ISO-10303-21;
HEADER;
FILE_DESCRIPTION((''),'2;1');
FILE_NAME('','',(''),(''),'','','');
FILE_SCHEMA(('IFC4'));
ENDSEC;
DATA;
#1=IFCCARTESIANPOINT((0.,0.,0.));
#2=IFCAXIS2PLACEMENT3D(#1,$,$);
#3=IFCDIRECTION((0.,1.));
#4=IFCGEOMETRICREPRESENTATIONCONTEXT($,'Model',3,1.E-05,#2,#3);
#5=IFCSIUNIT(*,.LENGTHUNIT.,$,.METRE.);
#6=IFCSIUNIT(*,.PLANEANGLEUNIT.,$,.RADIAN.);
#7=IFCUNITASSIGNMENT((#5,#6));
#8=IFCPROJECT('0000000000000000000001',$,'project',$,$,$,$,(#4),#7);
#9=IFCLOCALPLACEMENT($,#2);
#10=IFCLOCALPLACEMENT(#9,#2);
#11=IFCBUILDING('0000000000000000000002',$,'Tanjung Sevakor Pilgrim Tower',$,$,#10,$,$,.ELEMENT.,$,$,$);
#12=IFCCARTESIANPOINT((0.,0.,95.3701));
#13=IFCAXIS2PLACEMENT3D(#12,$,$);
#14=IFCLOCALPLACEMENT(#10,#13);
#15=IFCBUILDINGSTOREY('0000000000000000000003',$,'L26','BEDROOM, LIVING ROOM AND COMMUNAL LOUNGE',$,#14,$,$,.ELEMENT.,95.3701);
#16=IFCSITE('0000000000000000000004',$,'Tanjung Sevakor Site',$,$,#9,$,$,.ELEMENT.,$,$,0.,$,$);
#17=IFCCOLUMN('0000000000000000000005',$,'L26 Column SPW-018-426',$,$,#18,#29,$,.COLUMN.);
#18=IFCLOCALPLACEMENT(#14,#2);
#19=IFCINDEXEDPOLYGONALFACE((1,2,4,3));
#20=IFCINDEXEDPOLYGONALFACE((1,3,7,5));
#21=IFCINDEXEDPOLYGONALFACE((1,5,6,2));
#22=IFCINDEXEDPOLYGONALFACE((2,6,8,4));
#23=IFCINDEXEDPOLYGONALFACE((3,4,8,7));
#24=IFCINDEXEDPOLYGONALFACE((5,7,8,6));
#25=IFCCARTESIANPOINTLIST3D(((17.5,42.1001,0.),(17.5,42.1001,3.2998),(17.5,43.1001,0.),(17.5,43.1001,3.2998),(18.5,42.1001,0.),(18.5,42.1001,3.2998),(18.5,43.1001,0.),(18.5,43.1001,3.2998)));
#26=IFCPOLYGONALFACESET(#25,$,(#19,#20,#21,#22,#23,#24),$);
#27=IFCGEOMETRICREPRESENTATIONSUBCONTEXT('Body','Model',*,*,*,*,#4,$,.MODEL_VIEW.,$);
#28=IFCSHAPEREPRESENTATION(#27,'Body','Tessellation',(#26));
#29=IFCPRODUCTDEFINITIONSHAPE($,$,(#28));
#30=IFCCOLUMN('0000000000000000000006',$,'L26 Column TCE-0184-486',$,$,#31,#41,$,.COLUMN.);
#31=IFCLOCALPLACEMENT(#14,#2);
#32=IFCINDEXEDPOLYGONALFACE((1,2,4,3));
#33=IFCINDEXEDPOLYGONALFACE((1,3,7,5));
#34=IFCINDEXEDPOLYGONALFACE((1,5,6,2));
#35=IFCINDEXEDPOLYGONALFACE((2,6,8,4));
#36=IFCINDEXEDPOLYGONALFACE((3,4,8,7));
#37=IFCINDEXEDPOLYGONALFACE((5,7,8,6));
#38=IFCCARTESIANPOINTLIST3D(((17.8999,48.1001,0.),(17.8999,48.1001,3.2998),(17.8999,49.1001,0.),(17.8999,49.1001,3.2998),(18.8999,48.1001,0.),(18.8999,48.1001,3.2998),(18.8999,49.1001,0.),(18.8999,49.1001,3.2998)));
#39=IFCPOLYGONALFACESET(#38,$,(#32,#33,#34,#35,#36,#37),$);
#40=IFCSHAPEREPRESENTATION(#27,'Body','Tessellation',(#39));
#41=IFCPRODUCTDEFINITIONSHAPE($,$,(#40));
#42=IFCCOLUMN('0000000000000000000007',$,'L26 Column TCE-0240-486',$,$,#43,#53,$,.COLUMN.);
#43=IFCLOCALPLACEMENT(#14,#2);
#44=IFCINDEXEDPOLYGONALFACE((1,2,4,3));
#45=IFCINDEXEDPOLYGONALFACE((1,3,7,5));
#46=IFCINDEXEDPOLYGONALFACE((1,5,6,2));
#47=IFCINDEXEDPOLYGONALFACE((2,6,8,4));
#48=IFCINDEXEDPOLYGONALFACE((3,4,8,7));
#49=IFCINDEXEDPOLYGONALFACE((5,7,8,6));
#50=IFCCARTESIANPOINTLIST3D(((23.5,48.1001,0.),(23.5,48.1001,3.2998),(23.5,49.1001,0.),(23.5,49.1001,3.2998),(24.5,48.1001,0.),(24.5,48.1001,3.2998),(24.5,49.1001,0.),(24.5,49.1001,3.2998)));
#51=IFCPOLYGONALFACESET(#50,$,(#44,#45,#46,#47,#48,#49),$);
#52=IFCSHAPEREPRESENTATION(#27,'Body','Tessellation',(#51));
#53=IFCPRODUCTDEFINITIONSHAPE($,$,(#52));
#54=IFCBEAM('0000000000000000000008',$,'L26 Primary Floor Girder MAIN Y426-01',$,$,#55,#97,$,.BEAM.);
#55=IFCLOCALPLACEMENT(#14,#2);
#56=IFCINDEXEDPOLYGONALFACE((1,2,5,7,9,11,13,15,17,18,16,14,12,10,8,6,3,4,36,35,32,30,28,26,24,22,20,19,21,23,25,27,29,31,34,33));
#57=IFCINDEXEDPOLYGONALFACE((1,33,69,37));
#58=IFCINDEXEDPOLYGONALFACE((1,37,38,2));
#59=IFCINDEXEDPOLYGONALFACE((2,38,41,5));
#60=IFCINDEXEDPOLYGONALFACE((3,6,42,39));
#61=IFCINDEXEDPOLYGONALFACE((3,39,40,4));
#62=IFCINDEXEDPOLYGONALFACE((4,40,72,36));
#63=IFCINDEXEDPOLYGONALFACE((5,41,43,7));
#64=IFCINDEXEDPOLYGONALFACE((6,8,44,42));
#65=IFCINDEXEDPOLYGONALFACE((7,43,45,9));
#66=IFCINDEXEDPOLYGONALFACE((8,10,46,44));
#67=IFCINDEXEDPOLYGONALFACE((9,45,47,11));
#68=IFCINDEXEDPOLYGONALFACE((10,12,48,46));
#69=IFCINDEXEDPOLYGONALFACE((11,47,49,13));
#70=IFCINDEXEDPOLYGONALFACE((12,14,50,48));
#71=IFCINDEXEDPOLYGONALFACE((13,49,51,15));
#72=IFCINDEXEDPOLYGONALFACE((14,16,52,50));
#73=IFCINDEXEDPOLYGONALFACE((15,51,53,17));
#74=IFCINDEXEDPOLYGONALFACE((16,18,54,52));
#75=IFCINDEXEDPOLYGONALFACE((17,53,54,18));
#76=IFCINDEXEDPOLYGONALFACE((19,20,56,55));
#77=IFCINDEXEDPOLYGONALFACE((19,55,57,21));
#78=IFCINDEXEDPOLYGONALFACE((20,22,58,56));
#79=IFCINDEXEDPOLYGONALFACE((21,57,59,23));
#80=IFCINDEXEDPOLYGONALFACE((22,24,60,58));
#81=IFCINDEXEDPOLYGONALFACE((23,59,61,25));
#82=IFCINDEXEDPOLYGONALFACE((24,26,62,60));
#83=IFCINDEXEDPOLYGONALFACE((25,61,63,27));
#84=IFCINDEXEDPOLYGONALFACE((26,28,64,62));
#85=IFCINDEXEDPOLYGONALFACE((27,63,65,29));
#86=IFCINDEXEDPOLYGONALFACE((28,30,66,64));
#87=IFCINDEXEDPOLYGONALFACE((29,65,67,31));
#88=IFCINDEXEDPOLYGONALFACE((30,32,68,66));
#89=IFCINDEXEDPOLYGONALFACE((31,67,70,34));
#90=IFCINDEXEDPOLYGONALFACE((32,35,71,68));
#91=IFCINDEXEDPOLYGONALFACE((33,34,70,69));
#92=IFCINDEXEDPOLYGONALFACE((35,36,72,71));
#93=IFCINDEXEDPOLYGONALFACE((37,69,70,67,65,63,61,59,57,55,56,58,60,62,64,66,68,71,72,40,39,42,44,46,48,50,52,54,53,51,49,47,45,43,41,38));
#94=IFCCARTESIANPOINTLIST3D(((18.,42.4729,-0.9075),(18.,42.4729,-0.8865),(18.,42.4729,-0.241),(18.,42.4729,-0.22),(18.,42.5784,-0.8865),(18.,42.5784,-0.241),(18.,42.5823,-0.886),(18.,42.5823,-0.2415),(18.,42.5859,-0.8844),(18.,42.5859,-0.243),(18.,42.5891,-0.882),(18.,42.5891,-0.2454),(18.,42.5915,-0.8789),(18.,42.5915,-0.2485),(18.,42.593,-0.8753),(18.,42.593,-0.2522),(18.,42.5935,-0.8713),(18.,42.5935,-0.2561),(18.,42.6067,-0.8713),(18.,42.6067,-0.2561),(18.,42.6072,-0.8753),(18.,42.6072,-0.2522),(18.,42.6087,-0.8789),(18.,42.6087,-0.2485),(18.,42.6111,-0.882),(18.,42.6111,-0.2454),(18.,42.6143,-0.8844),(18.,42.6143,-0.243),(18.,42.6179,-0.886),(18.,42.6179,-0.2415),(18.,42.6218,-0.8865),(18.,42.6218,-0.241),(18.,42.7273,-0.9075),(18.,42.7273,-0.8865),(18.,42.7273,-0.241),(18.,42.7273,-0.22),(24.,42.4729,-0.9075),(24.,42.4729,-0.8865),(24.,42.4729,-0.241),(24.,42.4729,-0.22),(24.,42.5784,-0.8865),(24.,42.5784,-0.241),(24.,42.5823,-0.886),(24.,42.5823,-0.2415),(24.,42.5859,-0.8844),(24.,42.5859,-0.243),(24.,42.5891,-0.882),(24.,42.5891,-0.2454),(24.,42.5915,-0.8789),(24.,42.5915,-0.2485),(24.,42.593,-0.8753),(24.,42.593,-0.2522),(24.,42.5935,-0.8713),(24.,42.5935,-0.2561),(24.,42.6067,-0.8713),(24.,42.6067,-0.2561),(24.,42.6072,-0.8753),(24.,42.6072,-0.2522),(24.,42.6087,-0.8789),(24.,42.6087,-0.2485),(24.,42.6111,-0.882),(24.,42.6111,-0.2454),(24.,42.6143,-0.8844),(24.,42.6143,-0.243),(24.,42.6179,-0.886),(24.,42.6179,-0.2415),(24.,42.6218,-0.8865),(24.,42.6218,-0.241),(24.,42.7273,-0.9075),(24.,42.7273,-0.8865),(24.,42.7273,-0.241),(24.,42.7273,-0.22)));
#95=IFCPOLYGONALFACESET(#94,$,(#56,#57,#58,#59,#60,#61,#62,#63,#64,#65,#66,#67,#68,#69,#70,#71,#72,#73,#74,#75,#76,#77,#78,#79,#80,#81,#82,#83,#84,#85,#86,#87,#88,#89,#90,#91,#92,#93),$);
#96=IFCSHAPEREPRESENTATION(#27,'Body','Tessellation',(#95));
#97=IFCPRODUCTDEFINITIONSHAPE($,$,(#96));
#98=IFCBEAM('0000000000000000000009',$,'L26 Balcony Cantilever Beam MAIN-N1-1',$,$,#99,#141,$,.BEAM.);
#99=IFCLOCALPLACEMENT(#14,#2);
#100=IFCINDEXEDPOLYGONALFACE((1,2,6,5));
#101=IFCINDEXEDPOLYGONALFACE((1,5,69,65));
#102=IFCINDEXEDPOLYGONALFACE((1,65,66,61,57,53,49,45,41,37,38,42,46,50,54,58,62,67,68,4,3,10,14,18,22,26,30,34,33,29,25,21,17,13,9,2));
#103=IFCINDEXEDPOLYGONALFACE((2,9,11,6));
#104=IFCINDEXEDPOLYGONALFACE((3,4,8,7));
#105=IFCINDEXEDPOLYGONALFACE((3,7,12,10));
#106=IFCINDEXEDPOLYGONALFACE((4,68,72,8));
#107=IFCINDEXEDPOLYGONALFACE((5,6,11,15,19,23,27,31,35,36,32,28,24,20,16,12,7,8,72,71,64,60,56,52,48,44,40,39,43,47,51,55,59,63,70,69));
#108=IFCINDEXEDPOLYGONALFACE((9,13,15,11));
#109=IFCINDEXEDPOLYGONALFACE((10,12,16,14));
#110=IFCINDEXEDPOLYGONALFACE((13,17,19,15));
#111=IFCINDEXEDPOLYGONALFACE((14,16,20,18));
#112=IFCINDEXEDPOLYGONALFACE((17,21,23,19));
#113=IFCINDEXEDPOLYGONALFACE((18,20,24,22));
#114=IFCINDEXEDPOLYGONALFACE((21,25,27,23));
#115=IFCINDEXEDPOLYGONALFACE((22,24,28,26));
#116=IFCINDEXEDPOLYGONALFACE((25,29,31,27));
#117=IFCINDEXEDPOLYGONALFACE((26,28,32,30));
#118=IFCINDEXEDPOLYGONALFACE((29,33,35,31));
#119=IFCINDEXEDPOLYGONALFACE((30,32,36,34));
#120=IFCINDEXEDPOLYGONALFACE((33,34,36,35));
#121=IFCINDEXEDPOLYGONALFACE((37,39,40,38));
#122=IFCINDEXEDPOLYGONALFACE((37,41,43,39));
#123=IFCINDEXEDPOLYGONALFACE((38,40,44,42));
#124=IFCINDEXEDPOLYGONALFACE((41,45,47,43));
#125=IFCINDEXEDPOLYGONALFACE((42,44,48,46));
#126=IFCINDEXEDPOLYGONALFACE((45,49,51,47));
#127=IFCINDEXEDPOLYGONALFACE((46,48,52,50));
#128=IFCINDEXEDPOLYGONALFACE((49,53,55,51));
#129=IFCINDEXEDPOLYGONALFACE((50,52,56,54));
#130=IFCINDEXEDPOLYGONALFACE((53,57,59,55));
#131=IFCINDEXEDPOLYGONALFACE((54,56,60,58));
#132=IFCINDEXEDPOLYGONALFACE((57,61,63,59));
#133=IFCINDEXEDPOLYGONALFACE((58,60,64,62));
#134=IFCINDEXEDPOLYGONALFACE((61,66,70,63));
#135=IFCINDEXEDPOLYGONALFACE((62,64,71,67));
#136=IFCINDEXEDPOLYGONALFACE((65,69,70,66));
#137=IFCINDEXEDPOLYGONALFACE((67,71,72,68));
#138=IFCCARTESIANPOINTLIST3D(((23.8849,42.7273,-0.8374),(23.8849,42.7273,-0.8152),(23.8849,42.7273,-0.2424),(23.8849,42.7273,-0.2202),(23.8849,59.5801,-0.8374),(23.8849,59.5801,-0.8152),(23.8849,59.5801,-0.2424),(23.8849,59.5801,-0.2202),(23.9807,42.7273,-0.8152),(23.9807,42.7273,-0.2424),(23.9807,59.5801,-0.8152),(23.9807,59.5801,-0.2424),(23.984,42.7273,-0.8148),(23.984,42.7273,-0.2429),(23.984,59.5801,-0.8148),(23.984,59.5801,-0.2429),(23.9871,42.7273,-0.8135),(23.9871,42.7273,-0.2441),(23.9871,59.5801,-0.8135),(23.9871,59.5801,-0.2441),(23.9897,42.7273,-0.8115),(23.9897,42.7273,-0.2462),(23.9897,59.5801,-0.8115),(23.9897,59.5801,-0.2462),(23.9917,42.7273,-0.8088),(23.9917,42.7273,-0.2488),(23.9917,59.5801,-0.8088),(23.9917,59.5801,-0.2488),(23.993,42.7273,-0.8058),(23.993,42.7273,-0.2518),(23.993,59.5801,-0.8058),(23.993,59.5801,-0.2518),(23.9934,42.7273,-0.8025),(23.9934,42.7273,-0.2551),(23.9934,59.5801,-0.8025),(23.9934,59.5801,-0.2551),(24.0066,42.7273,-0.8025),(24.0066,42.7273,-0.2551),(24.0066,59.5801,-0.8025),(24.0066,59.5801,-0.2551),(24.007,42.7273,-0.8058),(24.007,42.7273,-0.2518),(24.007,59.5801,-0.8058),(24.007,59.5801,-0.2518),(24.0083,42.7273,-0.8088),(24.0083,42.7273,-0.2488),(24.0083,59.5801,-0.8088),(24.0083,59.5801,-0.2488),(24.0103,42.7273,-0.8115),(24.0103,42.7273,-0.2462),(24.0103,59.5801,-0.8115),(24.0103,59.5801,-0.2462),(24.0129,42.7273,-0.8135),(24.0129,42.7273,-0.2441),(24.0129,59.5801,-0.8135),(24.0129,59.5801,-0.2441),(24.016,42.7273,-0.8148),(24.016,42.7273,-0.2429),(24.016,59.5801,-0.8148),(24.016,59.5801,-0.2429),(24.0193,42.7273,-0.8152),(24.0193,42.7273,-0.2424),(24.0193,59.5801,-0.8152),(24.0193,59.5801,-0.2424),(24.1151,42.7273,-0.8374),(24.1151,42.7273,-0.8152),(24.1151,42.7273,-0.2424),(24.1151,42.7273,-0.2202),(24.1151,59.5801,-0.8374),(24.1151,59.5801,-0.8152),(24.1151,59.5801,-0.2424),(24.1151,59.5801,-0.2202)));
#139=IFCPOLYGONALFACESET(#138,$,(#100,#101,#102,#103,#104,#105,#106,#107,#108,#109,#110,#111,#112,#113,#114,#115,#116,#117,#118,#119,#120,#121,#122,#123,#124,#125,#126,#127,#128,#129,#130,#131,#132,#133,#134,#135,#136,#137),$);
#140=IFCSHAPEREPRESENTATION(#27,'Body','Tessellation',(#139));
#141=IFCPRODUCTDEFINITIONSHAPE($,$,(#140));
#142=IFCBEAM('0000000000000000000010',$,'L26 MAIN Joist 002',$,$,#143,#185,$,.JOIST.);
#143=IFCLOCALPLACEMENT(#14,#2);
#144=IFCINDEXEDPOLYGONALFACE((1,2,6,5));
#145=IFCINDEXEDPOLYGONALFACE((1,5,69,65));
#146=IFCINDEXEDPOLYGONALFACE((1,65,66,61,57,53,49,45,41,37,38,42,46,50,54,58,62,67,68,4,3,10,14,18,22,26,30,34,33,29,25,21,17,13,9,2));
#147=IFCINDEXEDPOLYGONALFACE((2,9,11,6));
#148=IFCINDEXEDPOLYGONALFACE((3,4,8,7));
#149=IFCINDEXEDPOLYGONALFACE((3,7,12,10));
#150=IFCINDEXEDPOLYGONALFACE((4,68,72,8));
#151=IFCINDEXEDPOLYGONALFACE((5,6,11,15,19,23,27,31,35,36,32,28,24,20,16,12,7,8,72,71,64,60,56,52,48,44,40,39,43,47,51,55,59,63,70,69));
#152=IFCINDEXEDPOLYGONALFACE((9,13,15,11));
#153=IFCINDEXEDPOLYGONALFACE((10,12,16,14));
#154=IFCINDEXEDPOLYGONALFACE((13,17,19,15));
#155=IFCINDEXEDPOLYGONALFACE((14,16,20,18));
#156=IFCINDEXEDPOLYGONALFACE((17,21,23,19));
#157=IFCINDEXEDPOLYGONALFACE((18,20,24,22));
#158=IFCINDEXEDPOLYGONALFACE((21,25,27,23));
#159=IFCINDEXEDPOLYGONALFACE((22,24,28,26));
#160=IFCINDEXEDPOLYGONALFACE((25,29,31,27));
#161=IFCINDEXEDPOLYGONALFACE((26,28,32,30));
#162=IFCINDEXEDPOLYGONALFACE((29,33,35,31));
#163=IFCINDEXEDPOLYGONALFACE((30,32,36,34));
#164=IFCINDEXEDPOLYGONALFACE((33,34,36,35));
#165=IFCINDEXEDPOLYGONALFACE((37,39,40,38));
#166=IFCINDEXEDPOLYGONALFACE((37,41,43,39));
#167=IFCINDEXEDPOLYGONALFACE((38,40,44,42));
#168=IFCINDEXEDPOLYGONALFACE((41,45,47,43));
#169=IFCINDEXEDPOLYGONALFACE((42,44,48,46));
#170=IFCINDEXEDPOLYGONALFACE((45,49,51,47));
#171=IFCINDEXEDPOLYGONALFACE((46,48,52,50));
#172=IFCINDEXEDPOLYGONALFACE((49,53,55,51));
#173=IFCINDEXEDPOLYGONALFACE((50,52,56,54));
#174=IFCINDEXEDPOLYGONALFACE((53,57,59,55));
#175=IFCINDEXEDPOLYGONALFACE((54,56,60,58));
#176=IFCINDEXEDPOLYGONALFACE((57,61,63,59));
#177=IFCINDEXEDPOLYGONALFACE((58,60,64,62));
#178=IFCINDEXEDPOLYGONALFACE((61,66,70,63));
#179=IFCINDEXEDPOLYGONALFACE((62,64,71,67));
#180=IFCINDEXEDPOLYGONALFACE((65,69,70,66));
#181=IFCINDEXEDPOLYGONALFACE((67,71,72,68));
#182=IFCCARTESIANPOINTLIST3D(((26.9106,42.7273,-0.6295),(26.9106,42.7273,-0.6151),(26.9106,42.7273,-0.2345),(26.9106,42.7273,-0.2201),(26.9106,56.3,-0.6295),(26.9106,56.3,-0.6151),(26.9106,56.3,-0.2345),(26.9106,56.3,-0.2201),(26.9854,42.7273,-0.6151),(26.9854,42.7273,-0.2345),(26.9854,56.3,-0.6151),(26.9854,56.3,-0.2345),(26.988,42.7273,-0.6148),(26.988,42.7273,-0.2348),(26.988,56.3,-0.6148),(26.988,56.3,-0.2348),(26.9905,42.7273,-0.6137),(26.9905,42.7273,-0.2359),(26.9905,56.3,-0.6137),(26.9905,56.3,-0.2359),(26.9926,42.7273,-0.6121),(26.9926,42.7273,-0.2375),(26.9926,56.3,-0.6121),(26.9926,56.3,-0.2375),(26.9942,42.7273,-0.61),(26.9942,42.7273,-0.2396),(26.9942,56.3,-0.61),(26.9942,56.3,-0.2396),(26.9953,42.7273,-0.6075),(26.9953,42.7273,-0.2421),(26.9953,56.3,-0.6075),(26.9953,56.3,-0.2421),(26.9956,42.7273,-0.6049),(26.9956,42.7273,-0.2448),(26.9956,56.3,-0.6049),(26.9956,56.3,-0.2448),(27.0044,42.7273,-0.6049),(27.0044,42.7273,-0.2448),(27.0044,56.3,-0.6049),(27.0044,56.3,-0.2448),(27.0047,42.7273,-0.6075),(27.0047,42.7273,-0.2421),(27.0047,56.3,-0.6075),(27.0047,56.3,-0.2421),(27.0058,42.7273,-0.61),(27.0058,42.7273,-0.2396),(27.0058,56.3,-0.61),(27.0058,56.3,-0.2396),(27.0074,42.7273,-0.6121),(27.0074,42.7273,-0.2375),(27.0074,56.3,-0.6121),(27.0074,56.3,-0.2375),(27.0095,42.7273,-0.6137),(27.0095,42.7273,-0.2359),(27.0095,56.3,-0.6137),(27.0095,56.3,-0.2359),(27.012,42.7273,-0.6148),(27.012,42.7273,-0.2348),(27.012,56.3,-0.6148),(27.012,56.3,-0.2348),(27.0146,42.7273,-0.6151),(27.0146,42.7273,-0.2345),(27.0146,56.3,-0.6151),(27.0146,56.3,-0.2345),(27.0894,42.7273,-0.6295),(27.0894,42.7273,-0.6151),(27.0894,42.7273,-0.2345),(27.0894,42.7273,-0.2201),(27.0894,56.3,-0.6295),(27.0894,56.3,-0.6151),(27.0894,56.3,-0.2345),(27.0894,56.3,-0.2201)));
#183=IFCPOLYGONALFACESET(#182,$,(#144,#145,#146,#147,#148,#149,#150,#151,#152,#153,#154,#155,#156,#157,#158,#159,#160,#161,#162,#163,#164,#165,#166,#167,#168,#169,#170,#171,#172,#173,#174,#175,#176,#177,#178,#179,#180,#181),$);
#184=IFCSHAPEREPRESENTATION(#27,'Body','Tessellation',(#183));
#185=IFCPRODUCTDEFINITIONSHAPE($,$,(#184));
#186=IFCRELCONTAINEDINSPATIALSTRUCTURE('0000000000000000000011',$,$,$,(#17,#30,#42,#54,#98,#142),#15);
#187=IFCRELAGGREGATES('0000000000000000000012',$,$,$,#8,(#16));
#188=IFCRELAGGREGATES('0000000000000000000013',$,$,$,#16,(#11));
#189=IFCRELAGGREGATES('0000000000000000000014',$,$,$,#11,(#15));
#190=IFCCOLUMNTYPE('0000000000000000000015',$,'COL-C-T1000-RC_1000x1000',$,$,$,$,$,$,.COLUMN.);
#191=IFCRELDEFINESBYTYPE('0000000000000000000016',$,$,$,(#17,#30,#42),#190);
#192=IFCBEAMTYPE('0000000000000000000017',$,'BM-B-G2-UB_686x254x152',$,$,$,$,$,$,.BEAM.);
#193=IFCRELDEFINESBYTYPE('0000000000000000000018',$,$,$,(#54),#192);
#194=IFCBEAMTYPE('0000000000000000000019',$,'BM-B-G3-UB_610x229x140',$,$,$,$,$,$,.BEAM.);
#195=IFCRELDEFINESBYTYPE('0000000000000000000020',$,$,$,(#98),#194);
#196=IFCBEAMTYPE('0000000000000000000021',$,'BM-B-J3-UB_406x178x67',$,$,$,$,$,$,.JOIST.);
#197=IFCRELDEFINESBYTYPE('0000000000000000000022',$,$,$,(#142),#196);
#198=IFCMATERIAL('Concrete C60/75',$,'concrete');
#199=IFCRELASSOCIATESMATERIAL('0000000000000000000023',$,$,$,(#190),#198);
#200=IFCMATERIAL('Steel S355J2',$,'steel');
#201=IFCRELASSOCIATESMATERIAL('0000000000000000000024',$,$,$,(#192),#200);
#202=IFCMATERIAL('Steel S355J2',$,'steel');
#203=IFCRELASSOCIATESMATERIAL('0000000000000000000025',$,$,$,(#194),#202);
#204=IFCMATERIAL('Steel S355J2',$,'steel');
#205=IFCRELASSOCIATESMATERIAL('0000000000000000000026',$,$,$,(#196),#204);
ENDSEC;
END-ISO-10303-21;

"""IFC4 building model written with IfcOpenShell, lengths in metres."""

from ifc_helpers import new_model, si_unit, direction, frame, origin, origin_2d, place, context, subcontext, project, spatial, rectangle, i_section, extrude, material, material_profile, profile_set, type_object, element, save


model = new_model("IFC4")

# Units and contexts
model_context = context("Model", 3, precision=1e-05, world=origin(), true_north=direction((0.0, 1.0)))
body_context = subcontext(model_context, "Body", "Model", "MODEL_VIEW")
ifc_project = project(units=[si_unit("LENGTHUNIT", "METRE"), si_unit("PLANEANGLEUNIT", "RADIAN")], contexts=[model_context])

# Site, building, storey
site_placement = place(None, origin())
site = spatial("IfcSite", under=ifc_project, at=site_placement, Name="Tanjung Sevakor Site", CompositionType="ELEMENT", RefElevation=0.0)
building_placement = place(site_placement, origin())
building = spatial("IfcBuilding", under=site, at=building_placement, Name="Tanjung Sevakor Pilgrim Tower", CompositionType="ELEMENT")
storey_placement = place(building_placement, frame((0.0, 0.0, 95.3701)))
storey = spatial("IfcBuildingStorey", under=building, at=storey_placement, Name="L26", Description="BEDROOM, LIVING ROOM AND COMMUNAL LOUNGE", CompositionType="ELEMENT", Elevation=95.3701)

# Columns
ifc_material_1 = material(Name="Concrete C60/75", Category="concrete")
ifc_material_profile_1 = material_profile(ifc_material_1, rectangle(XDim=1.0, YDim=1.0, at=origin_2d()))
ifc_profile_set_1 = profile_set([ifc_material_profile_1], Name="Concrete C60/75")
column_type = type_object("IfcColumnType", Name="COL-C-T1000-RC_1000x1000", PredefinedType="COLUMN", material=ifc_profile_set_1)
for number, where, z_axis, x_axis, name in (
    (1, (18.0, 42.6001, 0.0), (0.0, 0.0, 1.0), (1.0, 0.0, 0.0), "L26 Column SPW-018-426"),
    (2, (18.3999, 48.6001, 0.0), (0.0, 0.0, 1.0), (1.0, 0.0, 0.0), "L26 Column TCE-0184-486"),
    (3, (24.0, 48.6001, 0.0), (0.0, 0.0, 1.0), (1.0, 0.0, 0.0), "L26 Column TCE-0240-486"),
):
    element("IfcColumn", number, at=place(storey_placement, frame(where, z_axis=z_axis, x_axis=x_axis)), inside=storey, type_object=column_type, Name=name, PredefinedType="COLUMN", context=body_context, shape_type="SweptSolid", body=[
        extrude(rectangle(XDim=1.0, YDim=1.0, at=origin_2d()), origin(), (0.0, 0.0, 1.0), 3.2998),
    ])

# Beams
ifc_material_2 = material(Name="Steel S355J2", Category="steel")
ifc_material_profile_2 = material_profile(ifc_material_2, i_section(OverallWidth=0.2544, OverallDepth=0.6875, WebThickness=0.0132, FlangeThickness=0.021, FilletRadius=0.0151, at=origin_2d()))
ifc_profile_set_2 = profile_set([ifc_material_profile_2], Name="Steel S355J2")
beam_type_1 = type_object("IfcBeamType", Name="BM-B-G2-UB_686x254x152", PredefinedType="BEAM", material=ifc_profile_set_2)
beam_1_placement = place(storey_placement, frame((18.0, 42.6001, -0.5637), z_axis=(1.0, 0.0, 0.0), x_axis=(0.0, 1.0, 0.0)))
element("IfcBeam", 4, at=beam_1_placement, inside=storey, type_object=beam_type_1, Name="L26 Primary Floor Girder MAIN Y426-01", PredefinedType="BEAM", context=body_context, shape_type="SweptSolid", body=[
    extrude(i_section(OverallWidth=0.2544, OverallDepth=0.6875, WebThickness=0.0132, FlangeThickness=0.021, FilletRadius=0.0151, at=origin_2d()), origin(), (0.0, 0.0, 1.0), 6.0),
])
ifc_material_3 = material(Name="Steel S355J2", Category="steel")
ifc_material_profile_3 = material_profile(ifc_material_3, i_section(OverallWidth=0.2302, OverallDepth=0.6172, WebThickness=0.0132, FlangeThickness=0.0222, FilletRadius=0.0127, at=origin_2d()))
ifc_profile_set_3 = profile_set([ifc_material_profile_3], Name="Steel S355J2")
beam_type_2 = type_object("IfcBeamType", Name="BM-B-G3-UB_610x229x140", PredefinedType="BEAM", material=ifc_profile_set_3)
beam_2_placement = place(storey_placement, frame((24.0, 42.7273, -0.5288), z_axis=(0.0, 1.0, 0.0), x_axis=(-1.0, 0.0, 0.0)))
element("IfcBeam", 5, at=beam_2_placement, inside=storey, type_object=beam_type_2, Name="L26 Balcony Cantilever Beam MAIN-N1-1", PredefinedType="BEAM", context=body_context, shape_type="SweptSolid", body=[
    extrude(i_section(OverallWidth=0.2302, OverallDepth=0.6172, WebThickness=0.0132, FlangeThickness=0.0222, FilletRadius=0.0127, at=origin_2d()), origin(), (0.0, 0.0, 1.0), 16.8528),
])
ifc_material_4 = material(Name="Steel S355J2", Category="steel")
ifc_material_profile_4 = material_profile(ifc_material_4, i_section(OverallWidth=0.1787, OverallDepth=0.4094, WebThickness=0.0088, FlangeThickness=0.0144, FilletRadius=0.0103, at=origin_2d()))
ifc_profile_set_4 = profile_set([ifc_material_profile_4], Name="Steel S355J2")
beam_type_3 = type_object("IfcBeamType", Name="BM-B-J3-UB_406x178x67", PredefinedType="JOIST", material=ifc_profile_set_4)
beam_3_placement = place(storey_placement, frame((27.0, 42.7273, -0.4248), z_axis=(0.0, 1.0, 0.0), x_axis=(-1.0, 0.0, 0.0)))
element("IfcBeam", 6, at=beam_3_placement, inside=storey, type_object=beam_type_3, Name="L26 MAIN Joist 002", PredefinedType="JOIST", context=body_context, shape_type="SweptSolid", body=[
    extrude(i_section(OverallWidth=0.1787, OverallDepth=0.4094, WebThickness=0.0088, FlangeThickness=0.0144, FilletRadius=0.0103, at=origin_2d()), origin(), (0.0, 0.0, 1.0), 13.5728),
])

save(model, "model.ifc")
